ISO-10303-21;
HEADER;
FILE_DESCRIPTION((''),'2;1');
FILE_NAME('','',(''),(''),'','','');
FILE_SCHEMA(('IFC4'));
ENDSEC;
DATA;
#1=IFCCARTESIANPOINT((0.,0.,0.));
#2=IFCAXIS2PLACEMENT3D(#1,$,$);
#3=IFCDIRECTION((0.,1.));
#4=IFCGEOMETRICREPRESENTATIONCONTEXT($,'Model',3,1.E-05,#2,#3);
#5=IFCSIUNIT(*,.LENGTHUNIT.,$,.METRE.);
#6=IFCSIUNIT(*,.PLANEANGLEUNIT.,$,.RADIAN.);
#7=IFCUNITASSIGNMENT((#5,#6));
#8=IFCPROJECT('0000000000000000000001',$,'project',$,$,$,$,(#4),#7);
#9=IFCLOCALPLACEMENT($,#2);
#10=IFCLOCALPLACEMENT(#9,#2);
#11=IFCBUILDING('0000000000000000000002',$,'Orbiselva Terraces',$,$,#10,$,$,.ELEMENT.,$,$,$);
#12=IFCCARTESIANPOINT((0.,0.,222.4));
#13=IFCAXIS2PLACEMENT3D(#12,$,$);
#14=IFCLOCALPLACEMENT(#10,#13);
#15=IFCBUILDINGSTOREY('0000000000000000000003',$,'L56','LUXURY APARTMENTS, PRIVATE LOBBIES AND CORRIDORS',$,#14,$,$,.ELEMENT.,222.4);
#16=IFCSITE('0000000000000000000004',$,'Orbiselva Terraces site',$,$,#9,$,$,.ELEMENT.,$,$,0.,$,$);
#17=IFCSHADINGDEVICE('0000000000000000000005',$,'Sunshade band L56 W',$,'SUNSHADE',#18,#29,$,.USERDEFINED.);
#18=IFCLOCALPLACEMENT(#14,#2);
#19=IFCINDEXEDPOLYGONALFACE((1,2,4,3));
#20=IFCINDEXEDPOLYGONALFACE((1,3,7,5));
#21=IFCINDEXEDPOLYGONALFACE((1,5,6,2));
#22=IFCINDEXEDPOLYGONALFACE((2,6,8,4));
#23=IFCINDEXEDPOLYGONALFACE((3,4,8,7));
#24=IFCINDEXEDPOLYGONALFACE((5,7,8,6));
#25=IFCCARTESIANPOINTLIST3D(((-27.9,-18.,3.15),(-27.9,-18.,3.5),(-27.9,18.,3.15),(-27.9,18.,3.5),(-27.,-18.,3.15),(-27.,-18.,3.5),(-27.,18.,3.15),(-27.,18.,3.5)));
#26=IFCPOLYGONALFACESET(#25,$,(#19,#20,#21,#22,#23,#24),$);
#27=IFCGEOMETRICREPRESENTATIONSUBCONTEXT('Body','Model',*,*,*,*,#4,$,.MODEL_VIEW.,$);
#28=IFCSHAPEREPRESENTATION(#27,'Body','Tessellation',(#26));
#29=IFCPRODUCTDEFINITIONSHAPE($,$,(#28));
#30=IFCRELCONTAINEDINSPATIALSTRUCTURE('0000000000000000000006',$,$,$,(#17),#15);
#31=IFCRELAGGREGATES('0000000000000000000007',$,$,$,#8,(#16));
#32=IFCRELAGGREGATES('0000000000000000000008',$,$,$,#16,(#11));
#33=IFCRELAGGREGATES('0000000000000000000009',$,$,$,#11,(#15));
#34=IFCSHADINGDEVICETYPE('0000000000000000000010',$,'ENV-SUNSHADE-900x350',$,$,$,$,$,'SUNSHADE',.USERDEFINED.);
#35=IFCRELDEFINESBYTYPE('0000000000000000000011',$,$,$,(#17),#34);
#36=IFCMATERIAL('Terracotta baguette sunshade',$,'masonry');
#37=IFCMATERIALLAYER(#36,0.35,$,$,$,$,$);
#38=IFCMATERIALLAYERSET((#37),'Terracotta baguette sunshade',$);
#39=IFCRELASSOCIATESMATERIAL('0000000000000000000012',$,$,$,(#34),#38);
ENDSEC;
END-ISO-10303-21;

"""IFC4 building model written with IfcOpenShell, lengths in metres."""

from ifc_helpers import new_model, si_unit, direction, frame, origin, place, context, subcontext, project, spatial, polyline, outline, extrude, material, layer, layer_set, type_object, element, save


model = new_model("IFC4")

# Units and contexts
model_context = context("Model", 3, precision=1e-05, world=origin(), true_north=direction((0.0, 1.0)))
body_context = subcontext(model_context, "Body", "Model", "MODEL_VIEW")
ifc_project = project(units=[si_unit("LENGTHUNIT", "METRE"), si_unit("PLANEANGLEUNIT", "RADIAN")], contexts=[model_context])

# Site, building, storey
site_placement = place(None, origin())
site = spatial("IfcSite", under=ifc_project, at=site_placement, Name="Orbiselva Terraces site", CompositionType="ELEMENT", RefElevation=0.0)
building_placement = place(site_placement, origin())
building = spatial("IfcBuilding", under=site, at=building_placement, Name="Orbiselva Terraces", CompositionType="ELEMENT")
storey_placement = place(building_placement, frame((0.0, 0.0, 222.4)))
storey = spatial("IfcBuildingStorey", under=building, at=storey_placement, Name="L56", Description="LUXURY APARTMENTS, PRIVATE LOBBIES AND CORRIDORS", CompositionType="ELEMENT", Elevation=222.4)

# Shading device
ifc_material_1 = material(Name="Terracotta baguette sunshade", Category="masonry")
ifc_layer_1 = layer(ifc_material_1, 0.35)
ifc_layer_set_1 = layer_set([ifc_layer_1], Name="Terracotta baguette sunshade")
shading_device_type_1 = type_object("IfcShadingDeviceType", Name="ENV-SUNSHADE-900x350", ElementType="SUNSHADE", PredefinedType="USERDEFINED", material=ifc_layer_set_1)
shading_device_1_placement = place(storey_placement, frame((0.0, 0.0, 3.15)))
element("IfcShadingDevice", 1, at=shading_device_1_placement, inside=storey, type_object=shading_device_type_1, Name="Sunshade band L56 W", ObjectType="SUNSHADE", PredefinedType="USERDEFINED", context=body_context, shape_type="SweptSolid", body=[
    extrude(outline(polyline([(-27.9, 18.0), (-27.9, -18.0), (-27.0, -18.0), (-27.0, 18.0), (-27.9, 18.0)])), origin(), (0.0, 0.0, 1.0), 0.35),
])

save(model, "model.ifc")
